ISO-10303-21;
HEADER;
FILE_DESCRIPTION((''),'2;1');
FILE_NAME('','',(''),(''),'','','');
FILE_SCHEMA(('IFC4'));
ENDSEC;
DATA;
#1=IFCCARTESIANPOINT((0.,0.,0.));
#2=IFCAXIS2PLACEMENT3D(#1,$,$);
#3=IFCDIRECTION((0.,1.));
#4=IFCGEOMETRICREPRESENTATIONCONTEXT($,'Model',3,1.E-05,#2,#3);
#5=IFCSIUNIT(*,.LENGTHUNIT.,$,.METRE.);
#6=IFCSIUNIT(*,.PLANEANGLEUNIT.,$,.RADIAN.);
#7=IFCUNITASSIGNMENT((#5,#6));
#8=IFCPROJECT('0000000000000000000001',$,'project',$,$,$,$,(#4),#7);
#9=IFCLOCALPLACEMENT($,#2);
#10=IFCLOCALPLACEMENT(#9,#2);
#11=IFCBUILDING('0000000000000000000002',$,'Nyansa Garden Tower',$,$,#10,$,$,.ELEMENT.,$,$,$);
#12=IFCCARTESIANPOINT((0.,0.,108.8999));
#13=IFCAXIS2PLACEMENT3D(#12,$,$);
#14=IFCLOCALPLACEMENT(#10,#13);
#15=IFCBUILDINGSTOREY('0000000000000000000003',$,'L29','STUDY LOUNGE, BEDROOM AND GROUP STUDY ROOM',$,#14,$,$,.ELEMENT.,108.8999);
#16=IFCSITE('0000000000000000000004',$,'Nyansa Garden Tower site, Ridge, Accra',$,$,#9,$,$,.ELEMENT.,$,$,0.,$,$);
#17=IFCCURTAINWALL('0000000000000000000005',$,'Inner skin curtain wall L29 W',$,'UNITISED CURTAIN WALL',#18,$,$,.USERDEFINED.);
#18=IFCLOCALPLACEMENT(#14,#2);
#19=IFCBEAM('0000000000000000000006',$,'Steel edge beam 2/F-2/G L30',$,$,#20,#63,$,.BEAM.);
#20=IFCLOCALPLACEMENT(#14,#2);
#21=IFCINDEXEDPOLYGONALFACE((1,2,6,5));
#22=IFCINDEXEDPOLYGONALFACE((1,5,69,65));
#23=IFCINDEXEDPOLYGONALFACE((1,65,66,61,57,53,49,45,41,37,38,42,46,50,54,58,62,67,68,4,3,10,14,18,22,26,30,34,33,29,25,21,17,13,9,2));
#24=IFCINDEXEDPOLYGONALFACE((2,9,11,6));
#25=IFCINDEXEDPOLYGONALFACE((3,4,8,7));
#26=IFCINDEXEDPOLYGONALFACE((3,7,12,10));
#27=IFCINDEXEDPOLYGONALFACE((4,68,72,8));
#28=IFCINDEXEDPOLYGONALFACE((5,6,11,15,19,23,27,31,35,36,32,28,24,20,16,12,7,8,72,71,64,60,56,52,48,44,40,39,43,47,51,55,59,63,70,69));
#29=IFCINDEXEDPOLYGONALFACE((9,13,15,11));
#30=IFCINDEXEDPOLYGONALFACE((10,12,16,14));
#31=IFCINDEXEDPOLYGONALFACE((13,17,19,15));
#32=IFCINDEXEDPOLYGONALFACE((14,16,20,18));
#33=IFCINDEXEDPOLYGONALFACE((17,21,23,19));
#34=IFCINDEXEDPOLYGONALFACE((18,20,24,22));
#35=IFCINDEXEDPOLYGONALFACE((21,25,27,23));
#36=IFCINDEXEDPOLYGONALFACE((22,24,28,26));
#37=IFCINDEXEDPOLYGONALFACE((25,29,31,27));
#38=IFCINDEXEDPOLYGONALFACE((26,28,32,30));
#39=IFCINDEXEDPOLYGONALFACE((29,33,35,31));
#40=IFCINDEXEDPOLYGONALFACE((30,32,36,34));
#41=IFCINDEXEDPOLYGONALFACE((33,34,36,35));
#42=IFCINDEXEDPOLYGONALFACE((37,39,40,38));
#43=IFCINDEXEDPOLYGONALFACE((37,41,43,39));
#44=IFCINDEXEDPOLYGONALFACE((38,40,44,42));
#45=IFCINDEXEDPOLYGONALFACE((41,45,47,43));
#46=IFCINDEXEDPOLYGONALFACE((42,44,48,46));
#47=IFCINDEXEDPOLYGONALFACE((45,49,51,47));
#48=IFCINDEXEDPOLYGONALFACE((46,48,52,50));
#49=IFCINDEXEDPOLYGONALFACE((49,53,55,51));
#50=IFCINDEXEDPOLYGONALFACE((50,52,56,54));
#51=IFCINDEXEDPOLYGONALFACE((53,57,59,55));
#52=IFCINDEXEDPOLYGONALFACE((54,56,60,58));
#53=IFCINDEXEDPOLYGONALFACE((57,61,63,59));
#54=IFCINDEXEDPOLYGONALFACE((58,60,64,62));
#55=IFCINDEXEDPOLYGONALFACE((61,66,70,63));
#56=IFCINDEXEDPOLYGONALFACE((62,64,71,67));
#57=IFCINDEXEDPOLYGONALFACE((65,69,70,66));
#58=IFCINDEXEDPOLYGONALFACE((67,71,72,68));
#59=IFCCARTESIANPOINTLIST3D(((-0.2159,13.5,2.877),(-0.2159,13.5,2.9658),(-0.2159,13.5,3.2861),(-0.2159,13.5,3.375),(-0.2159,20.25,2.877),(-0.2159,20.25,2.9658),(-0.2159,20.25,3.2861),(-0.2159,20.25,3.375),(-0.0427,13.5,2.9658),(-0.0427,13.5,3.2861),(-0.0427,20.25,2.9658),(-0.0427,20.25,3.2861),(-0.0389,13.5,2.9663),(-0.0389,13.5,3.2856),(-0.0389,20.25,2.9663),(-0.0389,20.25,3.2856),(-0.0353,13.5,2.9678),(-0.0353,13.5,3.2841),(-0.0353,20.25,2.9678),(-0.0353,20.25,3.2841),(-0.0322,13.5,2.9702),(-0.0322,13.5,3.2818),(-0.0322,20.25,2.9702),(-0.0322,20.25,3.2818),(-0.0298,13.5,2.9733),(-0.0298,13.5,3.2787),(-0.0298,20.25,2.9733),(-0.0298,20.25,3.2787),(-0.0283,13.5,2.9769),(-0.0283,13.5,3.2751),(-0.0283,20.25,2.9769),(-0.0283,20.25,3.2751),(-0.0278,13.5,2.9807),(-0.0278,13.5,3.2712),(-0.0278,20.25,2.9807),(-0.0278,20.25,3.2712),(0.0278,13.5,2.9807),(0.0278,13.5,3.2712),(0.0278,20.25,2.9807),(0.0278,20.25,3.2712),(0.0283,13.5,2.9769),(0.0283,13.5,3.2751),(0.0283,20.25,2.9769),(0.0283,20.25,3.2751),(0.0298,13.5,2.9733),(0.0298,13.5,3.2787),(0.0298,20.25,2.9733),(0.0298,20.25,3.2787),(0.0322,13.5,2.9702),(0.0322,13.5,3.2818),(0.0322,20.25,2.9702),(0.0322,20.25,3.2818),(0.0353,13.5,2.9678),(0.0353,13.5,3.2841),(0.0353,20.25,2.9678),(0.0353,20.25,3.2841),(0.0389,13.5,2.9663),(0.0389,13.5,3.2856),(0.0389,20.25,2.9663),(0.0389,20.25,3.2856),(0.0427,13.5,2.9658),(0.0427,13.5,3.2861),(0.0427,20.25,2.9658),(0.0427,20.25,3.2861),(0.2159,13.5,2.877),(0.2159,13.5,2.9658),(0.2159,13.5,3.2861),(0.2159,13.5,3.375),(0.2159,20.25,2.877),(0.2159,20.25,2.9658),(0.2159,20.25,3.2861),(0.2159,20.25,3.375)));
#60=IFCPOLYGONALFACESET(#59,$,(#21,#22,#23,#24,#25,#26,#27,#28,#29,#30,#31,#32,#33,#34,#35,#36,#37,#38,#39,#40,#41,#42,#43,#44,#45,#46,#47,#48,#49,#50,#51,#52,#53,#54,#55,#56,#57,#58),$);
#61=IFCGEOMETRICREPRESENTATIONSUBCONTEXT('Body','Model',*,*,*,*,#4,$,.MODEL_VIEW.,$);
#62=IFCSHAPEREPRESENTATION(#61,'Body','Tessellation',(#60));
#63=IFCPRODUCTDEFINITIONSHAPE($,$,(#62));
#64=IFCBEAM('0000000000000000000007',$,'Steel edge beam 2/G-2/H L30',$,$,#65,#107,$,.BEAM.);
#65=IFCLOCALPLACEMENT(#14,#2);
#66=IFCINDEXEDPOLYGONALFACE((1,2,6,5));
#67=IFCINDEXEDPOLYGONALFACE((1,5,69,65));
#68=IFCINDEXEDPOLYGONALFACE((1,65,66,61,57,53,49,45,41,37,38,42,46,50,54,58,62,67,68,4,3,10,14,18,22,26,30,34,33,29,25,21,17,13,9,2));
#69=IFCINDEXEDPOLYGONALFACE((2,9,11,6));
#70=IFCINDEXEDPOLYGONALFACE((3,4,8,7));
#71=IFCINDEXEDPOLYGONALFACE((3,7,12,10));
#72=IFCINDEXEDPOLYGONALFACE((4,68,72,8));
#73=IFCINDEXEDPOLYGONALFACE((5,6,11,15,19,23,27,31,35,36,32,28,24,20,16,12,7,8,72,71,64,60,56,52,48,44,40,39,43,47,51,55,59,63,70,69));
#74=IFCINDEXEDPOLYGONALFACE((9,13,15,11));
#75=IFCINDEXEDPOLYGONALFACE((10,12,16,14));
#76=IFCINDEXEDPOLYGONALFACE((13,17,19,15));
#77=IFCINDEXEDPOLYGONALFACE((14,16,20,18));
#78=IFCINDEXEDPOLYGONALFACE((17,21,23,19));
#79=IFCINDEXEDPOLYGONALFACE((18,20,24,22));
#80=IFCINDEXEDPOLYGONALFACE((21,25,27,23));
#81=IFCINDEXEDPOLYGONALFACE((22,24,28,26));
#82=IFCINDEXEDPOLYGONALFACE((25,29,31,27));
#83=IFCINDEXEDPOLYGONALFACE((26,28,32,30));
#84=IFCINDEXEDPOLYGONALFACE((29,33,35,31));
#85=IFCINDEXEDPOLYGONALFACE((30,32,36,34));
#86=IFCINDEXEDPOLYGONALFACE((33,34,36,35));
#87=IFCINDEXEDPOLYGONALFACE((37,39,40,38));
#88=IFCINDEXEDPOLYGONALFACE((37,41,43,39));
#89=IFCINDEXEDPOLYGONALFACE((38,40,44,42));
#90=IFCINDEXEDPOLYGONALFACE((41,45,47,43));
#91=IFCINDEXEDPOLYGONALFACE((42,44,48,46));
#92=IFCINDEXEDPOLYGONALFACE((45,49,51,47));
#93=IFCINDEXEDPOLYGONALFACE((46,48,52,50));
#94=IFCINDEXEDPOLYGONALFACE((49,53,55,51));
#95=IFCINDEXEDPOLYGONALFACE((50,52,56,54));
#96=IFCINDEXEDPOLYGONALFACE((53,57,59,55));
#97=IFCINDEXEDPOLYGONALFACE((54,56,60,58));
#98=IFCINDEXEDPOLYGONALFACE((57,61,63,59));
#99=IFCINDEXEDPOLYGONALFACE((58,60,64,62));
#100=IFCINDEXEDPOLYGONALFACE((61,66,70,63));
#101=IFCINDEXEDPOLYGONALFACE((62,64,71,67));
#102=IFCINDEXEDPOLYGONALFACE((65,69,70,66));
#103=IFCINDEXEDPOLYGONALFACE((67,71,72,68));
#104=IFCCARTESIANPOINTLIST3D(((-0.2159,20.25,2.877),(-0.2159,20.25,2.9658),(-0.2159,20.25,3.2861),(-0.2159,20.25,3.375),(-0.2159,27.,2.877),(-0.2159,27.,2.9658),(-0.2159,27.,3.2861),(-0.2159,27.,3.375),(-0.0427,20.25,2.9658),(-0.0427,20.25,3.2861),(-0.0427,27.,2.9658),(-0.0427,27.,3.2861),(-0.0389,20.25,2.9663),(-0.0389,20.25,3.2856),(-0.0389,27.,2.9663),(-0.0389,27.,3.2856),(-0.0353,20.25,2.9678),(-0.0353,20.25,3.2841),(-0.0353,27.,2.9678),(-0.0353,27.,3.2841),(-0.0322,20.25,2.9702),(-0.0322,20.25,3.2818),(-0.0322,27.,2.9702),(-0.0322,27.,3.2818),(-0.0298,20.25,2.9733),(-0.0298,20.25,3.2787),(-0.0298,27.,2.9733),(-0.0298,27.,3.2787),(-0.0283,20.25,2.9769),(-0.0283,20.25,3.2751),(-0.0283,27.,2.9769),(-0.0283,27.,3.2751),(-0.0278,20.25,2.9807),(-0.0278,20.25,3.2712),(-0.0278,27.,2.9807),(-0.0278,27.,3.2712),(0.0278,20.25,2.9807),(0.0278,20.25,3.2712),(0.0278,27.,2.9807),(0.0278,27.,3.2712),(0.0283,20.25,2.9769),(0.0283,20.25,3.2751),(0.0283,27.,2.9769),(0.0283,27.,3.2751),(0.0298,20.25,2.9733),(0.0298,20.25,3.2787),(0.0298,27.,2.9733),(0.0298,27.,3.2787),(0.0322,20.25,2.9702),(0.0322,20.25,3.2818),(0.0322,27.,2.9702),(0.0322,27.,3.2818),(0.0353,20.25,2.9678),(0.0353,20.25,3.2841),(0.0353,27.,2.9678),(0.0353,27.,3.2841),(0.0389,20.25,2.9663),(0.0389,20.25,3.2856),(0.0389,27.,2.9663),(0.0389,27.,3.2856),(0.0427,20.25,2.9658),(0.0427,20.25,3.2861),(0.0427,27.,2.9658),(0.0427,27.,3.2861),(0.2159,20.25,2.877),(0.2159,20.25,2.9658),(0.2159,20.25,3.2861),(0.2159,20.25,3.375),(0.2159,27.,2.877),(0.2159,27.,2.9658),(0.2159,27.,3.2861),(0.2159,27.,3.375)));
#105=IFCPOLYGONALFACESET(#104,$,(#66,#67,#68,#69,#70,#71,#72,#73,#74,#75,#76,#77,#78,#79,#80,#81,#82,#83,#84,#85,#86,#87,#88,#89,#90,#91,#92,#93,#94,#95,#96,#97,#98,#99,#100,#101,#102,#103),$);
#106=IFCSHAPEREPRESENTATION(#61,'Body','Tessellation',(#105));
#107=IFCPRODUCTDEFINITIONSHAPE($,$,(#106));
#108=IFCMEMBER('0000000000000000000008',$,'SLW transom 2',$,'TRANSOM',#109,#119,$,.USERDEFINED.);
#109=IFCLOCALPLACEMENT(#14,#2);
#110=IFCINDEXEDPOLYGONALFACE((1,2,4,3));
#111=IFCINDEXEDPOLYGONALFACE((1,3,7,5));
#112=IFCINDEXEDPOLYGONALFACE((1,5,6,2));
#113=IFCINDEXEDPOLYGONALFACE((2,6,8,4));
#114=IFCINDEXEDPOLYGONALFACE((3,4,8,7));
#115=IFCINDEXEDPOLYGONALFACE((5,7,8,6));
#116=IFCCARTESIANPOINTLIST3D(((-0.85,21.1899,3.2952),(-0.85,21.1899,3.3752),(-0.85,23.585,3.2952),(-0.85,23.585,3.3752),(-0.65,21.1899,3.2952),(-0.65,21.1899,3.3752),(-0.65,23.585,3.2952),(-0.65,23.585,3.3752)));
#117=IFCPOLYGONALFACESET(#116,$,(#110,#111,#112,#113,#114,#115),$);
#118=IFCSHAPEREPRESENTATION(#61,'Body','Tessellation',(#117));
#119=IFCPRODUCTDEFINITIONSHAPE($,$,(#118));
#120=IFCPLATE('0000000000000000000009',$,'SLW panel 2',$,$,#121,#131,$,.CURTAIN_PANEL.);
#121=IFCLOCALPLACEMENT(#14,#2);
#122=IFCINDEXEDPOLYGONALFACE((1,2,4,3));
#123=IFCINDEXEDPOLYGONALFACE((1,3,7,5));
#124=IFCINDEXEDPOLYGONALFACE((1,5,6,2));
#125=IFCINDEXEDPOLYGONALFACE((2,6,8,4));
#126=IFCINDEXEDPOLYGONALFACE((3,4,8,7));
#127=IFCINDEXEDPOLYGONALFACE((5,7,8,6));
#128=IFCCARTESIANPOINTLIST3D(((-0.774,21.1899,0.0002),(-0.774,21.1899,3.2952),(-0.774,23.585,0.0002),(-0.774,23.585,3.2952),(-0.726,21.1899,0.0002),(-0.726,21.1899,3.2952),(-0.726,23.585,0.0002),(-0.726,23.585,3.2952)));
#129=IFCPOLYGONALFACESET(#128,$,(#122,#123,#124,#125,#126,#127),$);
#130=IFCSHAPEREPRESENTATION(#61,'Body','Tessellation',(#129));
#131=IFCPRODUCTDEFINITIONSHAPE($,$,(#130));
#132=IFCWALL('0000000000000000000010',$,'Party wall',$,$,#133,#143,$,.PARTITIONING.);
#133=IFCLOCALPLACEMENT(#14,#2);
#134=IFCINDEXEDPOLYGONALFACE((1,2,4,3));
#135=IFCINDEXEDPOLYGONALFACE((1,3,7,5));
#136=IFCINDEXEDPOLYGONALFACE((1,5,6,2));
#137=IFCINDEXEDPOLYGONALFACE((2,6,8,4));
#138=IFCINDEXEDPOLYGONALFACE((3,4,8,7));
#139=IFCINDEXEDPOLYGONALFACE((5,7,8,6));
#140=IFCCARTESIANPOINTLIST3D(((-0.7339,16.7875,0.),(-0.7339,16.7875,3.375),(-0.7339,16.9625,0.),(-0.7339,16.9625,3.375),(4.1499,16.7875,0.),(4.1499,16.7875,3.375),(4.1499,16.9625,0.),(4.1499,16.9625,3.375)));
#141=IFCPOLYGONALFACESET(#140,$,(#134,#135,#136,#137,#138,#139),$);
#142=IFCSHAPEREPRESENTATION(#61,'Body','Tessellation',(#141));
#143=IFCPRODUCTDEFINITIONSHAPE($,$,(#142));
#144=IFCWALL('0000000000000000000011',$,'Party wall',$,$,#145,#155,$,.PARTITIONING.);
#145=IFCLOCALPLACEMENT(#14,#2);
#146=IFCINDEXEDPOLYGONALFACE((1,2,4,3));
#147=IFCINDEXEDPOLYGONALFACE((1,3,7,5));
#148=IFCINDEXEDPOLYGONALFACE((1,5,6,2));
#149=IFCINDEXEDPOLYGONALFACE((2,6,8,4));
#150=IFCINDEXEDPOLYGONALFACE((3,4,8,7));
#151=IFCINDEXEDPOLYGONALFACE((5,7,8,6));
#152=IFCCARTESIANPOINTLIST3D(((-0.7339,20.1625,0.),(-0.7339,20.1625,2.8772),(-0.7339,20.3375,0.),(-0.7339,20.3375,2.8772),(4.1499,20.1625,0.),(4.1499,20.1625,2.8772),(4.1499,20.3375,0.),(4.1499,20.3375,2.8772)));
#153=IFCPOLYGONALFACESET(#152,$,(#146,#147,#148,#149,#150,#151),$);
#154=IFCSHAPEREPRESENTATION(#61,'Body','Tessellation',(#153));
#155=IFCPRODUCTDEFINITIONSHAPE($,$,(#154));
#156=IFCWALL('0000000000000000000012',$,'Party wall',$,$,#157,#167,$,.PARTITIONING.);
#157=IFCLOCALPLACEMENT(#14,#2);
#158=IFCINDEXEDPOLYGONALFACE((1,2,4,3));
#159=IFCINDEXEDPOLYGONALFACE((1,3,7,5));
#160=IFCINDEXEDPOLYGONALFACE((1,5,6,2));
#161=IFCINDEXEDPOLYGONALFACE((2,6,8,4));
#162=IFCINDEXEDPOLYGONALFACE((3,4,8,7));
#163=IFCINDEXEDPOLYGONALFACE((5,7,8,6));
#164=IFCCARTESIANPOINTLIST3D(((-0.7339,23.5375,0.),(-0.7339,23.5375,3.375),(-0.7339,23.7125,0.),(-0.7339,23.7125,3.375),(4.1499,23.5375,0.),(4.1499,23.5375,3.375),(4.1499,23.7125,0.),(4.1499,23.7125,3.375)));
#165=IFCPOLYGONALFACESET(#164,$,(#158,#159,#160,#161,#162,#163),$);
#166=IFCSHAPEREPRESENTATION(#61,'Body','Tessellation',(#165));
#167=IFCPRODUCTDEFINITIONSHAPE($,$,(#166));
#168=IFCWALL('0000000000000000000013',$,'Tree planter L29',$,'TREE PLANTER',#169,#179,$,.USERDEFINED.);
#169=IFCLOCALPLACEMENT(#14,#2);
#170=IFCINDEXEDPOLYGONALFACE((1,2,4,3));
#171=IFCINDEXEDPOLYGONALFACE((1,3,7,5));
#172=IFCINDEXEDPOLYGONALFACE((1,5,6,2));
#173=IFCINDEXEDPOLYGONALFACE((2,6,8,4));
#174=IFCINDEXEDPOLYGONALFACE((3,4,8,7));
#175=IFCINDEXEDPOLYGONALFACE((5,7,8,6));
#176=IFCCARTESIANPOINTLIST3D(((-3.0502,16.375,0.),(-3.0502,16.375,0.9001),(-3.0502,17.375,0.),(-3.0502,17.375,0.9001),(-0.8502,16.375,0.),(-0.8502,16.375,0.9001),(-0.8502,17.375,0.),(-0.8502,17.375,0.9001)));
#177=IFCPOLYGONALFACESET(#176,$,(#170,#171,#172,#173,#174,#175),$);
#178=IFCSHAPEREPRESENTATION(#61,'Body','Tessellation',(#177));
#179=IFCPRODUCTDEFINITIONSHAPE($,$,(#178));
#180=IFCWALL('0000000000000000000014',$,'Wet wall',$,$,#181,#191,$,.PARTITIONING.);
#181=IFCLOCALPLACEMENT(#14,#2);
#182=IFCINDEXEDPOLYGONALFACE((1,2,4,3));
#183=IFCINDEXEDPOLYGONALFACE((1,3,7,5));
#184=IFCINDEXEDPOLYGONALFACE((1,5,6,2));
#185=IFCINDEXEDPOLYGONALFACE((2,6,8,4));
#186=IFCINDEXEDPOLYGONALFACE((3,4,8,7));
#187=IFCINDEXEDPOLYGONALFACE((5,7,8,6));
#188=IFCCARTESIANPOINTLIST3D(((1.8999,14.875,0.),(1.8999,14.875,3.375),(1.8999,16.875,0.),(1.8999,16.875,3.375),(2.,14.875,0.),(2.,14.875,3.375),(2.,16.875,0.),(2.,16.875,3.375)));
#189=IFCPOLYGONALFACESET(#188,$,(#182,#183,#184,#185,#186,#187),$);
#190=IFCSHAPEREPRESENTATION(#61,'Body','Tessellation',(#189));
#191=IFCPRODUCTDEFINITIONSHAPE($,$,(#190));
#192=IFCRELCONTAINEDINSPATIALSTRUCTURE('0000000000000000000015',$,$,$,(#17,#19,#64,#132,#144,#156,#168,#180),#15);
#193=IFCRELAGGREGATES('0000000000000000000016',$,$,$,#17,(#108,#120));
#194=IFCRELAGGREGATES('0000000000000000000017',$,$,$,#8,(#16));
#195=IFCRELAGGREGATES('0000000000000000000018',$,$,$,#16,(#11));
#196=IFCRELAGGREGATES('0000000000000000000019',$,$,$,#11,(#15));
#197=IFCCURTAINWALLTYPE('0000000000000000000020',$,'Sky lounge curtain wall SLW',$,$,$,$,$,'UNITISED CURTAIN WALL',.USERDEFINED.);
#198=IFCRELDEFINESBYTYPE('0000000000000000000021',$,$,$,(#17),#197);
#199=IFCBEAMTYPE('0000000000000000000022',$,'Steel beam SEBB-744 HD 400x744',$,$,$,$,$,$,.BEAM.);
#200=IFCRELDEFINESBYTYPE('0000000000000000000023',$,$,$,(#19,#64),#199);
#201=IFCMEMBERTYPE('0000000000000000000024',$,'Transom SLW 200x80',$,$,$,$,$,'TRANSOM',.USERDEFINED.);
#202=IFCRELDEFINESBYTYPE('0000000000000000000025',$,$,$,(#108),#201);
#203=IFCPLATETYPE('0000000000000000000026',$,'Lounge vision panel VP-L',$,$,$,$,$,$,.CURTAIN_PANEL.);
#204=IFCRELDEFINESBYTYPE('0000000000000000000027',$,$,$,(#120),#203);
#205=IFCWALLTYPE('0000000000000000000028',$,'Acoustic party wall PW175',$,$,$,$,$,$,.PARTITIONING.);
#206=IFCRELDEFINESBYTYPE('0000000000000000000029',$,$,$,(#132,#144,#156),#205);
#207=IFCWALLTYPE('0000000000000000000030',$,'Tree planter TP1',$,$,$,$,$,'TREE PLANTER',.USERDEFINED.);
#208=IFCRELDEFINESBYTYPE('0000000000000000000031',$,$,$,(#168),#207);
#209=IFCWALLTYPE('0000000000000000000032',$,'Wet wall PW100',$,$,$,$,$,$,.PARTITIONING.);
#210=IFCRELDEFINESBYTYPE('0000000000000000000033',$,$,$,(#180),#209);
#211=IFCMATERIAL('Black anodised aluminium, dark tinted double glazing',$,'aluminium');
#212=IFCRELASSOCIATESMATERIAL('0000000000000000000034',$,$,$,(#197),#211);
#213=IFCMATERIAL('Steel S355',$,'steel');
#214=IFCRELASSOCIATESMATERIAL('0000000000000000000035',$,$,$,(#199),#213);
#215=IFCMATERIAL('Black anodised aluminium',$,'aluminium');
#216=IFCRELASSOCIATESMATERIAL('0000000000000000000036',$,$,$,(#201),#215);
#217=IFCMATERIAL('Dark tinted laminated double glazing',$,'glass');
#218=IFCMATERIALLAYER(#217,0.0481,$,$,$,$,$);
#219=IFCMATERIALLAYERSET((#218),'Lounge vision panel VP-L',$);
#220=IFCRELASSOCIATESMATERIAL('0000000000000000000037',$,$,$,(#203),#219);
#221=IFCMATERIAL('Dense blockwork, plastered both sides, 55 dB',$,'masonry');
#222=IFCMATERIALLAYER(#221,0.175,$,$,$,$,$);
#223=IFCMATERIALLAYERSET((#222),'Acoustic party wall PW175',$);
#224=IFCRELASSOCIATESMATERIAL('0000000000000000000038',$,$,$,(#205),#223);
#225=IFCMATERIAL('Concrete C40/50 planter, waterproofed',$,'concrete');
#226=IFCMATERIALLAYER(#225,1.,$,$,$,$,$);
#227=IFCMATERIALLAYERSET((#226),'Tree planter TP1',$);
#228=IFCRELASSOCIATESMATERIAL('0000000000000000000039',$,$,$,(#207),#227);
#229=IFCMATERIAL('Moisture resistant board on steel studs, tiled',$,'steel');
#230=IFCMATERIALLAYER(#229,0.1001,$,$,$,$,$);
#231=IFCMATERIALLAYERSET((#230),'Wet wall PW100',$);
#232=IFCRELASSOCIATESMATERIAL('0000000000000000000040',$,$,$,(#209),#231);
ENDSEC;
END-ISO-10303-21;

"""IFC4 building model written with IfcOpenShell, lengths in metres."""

from ifc_helpers import new_model, si_unit, direction, frame, frame_2d, origin, origin_2d, place, context, subcontext, project, spatial, rectangle, i_section, extrude, material, layer, layer_set, material_profile, profile_set, type_object, element, aggregate, save


model = new_model("IFC4")

# Units and contexts
model_context = context("Model", 3, precision=1e-05, world=origin(), true_north=direction((0.0, 1.0)))
body_context = subcontext(model_context, "Body", "Model", "MODEL_VIEW")
ifc_project = project(units=[si_unit("LENGTHUNIT", "METRE"), si_unit("PLANEANGLEUNIT", "RADIAN")], contexts=[model_context])

# Site, building, storey
site_placement = place(None, origin())
site = spatial("IfcSite", under=ifc_project, at=site_placement, Name="Nyansa Garden Tower site, Ridge, Accra", CompositionType="ELEMENT", RefElevation=0.0)
building_placement = place(site_placement, origin())
building = spatial("IfcBuilding", under=site, at=building_placement, Name="Nyansa Garden Tower", CompositionType="ELEMENT")
storey_placement = place(building_placement, frame((0.0, 0.0, 108.8999)))
storey = spatial("IfcBuildingStorey", under=building, at=storey_placement, Name="L29", Description="STUDY LOUNGE, BEDROOM AND GROUP STUDY ROOM", CompositionType="ELEMENT", Elevation=108.8999)

# Curtain wall
ifc_material_1 = material(Name="Black anodised aluminium, dark tinted double glazing", Category="aluminium")
curtain_wall_type = type_object("IfcCurtainWallType", Name="Sky lounge curtain wall SLW", ElementType="UNITISED CURTAIN WALL", PredefinedType="USERDEFINED", material=ifc_material_1)
curtain_wall_placement = place(storey_placement, origin())
curtain_wall = element("IfcCurtainWall", 1, at=curtain_wall_placement, inside=storey, type_object=curtain_wall_type, Name="Inner skin curtain wall L29 W", ObjectType="UNITISED CURTAIN WALL", PredefinedType="USERDEFINED")

# Beams
ifc_material_2 = material(Name="Steel S355", Category="steel")
ifc_material_profile_1 = material_profile(ifc_material_2, i_section(OverallWidth=0.4319, OverallDepth=0.498, WebThickness=0.0557, FlangeThickness=0.0889, FilletRadius=0.0149, at=origin_2d()), Name="HD 400x744")
ifc_profile_set_1 = profile_set([ifc_material_profile_1], Name="Steel S355")
beam_type_1 = type_object("IfcBeamType", Name="Steel beam SEBB-744 HD 400x744", PredefinedType="BEAM", material=ifc_profile_set_1)
for number, where, z_axis, x_axis, name in (
    (2, (0.0, 13.5, 3.126), (0.0, 1.0, 0.0), (-1.0, 0.0, 0.0), "Steel edge beam 2/F-2/G L30"),
    (3, (0.0, 20.25, 3.126), (0.0, 1.0, 0.0), (-1.0, 0.0, 0.0), "Steel edge beam 2/G-2/H L30"),
):
    element("IfcBeam", number, at=place(storey_placement, frame(where, z_axis=z_axis, x_axis=x_axis)), inside=storey, type_object=beam_type_1, Name=name, PredefinedType="BEAM", context=body_context, shape_type="SweptSolid", body=[
        extrude(i_section(OverallWidth=0.4319, OverallDepth=0.498, WebThickness=0.0557, FlangeThickness=0.0889, FilletRadius=0.0149, at=origin_2d()), origin(), (0.0, 0.0, 1.0), 6.75),
    ])

# Member
ifc_material_3 = material(Name="Black anodised aluminium", Category="aluminium")
ifc_material_profile_2 = material_profile(ifc_material_3, rectangle(XDim=0.2, YDim=0.0801, at=origin_2d()), Name="Transom 200x80")
ifc_profile_set_2 = profile_set([ifc_material_profile_2], Name="Black anodised aluminium")
member_type_1 = type_object("IfcMemberType", Name="Transom SLW 200x80", ElementType="TRANSOM", PredefinedType="USERDEFINED", material=ifc_profile_set_2)
member_1_placement = place(storey_placement, frame((-0.75, 23.585, 3.3352), z_axis=(0.0, -1.0, 0.0), x_axis=(1.0, 0.0, 0.0)))
member_1 = element("IfcMember", 4, at=member_1_placement, type_object=member_type_1, Name="SLW transom 2", ObjectType="TRANSOM", PredefinedType="USERDEFINED", context=body_context, shape_type="SweptSolid", body=[
    extrude(rectangle(XDim=0.2, YDim=0.0801, at=origin_2d()), origin(), (0.0, 0.0, 1.0), 2.395),
])

# Plate
ifc_material_4 = material(Name="Dark tinted laminated double glazing", Category="glass")
ifc_layer_1 = layer(ifc_material_4, 0.0481)
ifc_layer_set_1 = layer_set([ifc_layer_1], Name="Lounge vision panel VP-L")
plate_type = type_object("IfcPlateType", Name="Lounge vision panel VP-L", PredefinedType="CURTAIN_PANEL", material=ifc_layer_set_1)
plate_placement = place(storey_placement, frame((-0.75, 22.3875, 0.0002), z_axis=(0.0, 0.0, 1.0), x_axis=(0.0, -1.0, 0.0)))
plate = element("IfcPlate", 5, at=plate_placement, type_object=plate_type, Name="SLW panel 2", PredefinedType="CURTAIN_PANEL", context=body_context, shape_type="SweptSolid", body=[
    extrude(rectangle(XDim=2.395, YDim=0.0481, at=origin_2d()), origin(), (0.0, 0.0, 1.0), 3.2949),
])
aggregate(curtain_wall, [member_1, plate])

# Walls
ifc_material_5 = material(Name="Dense blockwork, plastered both sides, 55 dB", Category="masonry")
ifc_layer_2 = layer(ifc_material_5, 0.175)
ifc_layer_set_2 = layer_set([ifc_layer_2], Name="Acoustic party wall PW175")
wall_type_1 = type_object("IfcWallType", Name="Acoustic party wall PW175", PredefinedType="PARTITIONING", material=ifc_layer_set_2)
wall_1_placement = place(storey_placement, frame((-0.7339, 16.875, 0.0), z_axis=(0.0, 0.0, 1.0), x_axis=(1.0, 0.0, 0.0)))
element("IfcWall", 6, at=wall_1_placement, inside=storey, type_object=wall_type_1, Name="Party wall", PredefinedType="PARTITIONING", context=body_context, shape_type="SweptSolid", body=[
    extrude(rectangle(XDim=4.8838, YDim=0.175, at=frame_2d((2.4419, 0.0))), origin(), (0.0, 0.0, 1.0), 3.375),
])
wall_2_placement = place(storey_placement, frame((-0.7339, 20.25, 0.0), z_axis=(0.0, 0.0, 1.0), x_axis=(1.0, 0.0, 0.0)))
element("IfcWall", 7, at=wall_2_placement, inside=storey, type_object=wall_type_1, Name="Party wall", PredefinedType="PARTITIONING", context=body_context, shape_type="SweptSolid", body=[
    extrude(rectangle(XDim=4.8838, YDim=0.175, at=frame_2d((2.4419, 0.0))), origin(), (0.0, 0.0, 1.0), 2.8772),
])
wall_3_placement = place(storey_placement, frame((-0.7339, 23.625, 0.0), z_axis=(0.0, 0.0, 1.0), x_axis=(1.0, 0.0, 0.0)))
element("IfcWall", 8, at=wall_3_placement, inside=storey, type_object=wall_type_1, Name="Party wall", PredefinedType="PARTITIONING", context=body_context, shape_type="SweptSolid", body=[
    extrude(rectangle(XDim=4.8838, YDim=0.175, at=frame_2d((2.4419, 0.0))), origin(), (0.0, 0.0, 1.0), 3.375),
])
ifc_material_6 = material(Name="Concrete C40/50 planter, waterproofed", Category="concrete")
ifc_layer_3 = layer(ifc_material_6, 1.0)
ifc_layer_set_3 = layer_set([ifc_layer_3], Name="Tree planter TP1")
wall_type_2 = type_object("IfcWallType", Name="Tree planter TP1", ElementType="TREE PLANTER", PredefinedType="USERDEFINED", material=ifc_layer_set_3)
wall_4_placement = place(storey_placement, frame((-0.8501, 16.875, 0.0), z_axis=(0.0, 0.0, 1.0), x_axis=(-1.0, 0.0, 0.0)))
element("IfcWall", 9, at=wall_4_placement, inside=storey, type_object=wall_type_2, Name="Tree planter L29", ObjectType="TREE PLANTER", PredefinedType="USERDEFINED", context=body_context, shape_type="SweptSolid", body=[
    extrude(rectangle(XDim=2.2, YDim=1.0, at=frame_2d((1.1001, 0.0))), origin(), (0.0, 0.0, 1.0), 0.9001),
])
ifc_material_7 = material(Name="Moisture resistant board on steel studs, tiled", Category="steel")
ifc_layer_4 = layer(ifc_material_7, 0.1001)
ifc_layer_set_4 = layer_set([ifc_layer_4], Name="Wet wall PW100")
wall_type_3 = type_object("IfcWallType", Name="Wet wall PW100", PredefinedType="PARTITIONING", material=ifc_layer_set_4)
wall_5_placement = place(storey_placement, frame((1.95, 14.875, 0.0), z_axis=(0.0, 0.0, 1.0), x_axis=(0.0, 1.0, 0.0)))
element("IfcWall", 10, at=wall_5_placement, inside=storey, type_object=wall_type_3, Name="Wet wall", PredefinedType="PARTITIONING", context=body_context, shape_type="SweptSolid", body=[
    extrude(rectangle(XDim=2.0, YDim=0.1001, at=frame_2d((1.0, 0.0))), origin(), (0.0, 0.0, 1.0), 3.375),
])

save(model, "model.ifc")
